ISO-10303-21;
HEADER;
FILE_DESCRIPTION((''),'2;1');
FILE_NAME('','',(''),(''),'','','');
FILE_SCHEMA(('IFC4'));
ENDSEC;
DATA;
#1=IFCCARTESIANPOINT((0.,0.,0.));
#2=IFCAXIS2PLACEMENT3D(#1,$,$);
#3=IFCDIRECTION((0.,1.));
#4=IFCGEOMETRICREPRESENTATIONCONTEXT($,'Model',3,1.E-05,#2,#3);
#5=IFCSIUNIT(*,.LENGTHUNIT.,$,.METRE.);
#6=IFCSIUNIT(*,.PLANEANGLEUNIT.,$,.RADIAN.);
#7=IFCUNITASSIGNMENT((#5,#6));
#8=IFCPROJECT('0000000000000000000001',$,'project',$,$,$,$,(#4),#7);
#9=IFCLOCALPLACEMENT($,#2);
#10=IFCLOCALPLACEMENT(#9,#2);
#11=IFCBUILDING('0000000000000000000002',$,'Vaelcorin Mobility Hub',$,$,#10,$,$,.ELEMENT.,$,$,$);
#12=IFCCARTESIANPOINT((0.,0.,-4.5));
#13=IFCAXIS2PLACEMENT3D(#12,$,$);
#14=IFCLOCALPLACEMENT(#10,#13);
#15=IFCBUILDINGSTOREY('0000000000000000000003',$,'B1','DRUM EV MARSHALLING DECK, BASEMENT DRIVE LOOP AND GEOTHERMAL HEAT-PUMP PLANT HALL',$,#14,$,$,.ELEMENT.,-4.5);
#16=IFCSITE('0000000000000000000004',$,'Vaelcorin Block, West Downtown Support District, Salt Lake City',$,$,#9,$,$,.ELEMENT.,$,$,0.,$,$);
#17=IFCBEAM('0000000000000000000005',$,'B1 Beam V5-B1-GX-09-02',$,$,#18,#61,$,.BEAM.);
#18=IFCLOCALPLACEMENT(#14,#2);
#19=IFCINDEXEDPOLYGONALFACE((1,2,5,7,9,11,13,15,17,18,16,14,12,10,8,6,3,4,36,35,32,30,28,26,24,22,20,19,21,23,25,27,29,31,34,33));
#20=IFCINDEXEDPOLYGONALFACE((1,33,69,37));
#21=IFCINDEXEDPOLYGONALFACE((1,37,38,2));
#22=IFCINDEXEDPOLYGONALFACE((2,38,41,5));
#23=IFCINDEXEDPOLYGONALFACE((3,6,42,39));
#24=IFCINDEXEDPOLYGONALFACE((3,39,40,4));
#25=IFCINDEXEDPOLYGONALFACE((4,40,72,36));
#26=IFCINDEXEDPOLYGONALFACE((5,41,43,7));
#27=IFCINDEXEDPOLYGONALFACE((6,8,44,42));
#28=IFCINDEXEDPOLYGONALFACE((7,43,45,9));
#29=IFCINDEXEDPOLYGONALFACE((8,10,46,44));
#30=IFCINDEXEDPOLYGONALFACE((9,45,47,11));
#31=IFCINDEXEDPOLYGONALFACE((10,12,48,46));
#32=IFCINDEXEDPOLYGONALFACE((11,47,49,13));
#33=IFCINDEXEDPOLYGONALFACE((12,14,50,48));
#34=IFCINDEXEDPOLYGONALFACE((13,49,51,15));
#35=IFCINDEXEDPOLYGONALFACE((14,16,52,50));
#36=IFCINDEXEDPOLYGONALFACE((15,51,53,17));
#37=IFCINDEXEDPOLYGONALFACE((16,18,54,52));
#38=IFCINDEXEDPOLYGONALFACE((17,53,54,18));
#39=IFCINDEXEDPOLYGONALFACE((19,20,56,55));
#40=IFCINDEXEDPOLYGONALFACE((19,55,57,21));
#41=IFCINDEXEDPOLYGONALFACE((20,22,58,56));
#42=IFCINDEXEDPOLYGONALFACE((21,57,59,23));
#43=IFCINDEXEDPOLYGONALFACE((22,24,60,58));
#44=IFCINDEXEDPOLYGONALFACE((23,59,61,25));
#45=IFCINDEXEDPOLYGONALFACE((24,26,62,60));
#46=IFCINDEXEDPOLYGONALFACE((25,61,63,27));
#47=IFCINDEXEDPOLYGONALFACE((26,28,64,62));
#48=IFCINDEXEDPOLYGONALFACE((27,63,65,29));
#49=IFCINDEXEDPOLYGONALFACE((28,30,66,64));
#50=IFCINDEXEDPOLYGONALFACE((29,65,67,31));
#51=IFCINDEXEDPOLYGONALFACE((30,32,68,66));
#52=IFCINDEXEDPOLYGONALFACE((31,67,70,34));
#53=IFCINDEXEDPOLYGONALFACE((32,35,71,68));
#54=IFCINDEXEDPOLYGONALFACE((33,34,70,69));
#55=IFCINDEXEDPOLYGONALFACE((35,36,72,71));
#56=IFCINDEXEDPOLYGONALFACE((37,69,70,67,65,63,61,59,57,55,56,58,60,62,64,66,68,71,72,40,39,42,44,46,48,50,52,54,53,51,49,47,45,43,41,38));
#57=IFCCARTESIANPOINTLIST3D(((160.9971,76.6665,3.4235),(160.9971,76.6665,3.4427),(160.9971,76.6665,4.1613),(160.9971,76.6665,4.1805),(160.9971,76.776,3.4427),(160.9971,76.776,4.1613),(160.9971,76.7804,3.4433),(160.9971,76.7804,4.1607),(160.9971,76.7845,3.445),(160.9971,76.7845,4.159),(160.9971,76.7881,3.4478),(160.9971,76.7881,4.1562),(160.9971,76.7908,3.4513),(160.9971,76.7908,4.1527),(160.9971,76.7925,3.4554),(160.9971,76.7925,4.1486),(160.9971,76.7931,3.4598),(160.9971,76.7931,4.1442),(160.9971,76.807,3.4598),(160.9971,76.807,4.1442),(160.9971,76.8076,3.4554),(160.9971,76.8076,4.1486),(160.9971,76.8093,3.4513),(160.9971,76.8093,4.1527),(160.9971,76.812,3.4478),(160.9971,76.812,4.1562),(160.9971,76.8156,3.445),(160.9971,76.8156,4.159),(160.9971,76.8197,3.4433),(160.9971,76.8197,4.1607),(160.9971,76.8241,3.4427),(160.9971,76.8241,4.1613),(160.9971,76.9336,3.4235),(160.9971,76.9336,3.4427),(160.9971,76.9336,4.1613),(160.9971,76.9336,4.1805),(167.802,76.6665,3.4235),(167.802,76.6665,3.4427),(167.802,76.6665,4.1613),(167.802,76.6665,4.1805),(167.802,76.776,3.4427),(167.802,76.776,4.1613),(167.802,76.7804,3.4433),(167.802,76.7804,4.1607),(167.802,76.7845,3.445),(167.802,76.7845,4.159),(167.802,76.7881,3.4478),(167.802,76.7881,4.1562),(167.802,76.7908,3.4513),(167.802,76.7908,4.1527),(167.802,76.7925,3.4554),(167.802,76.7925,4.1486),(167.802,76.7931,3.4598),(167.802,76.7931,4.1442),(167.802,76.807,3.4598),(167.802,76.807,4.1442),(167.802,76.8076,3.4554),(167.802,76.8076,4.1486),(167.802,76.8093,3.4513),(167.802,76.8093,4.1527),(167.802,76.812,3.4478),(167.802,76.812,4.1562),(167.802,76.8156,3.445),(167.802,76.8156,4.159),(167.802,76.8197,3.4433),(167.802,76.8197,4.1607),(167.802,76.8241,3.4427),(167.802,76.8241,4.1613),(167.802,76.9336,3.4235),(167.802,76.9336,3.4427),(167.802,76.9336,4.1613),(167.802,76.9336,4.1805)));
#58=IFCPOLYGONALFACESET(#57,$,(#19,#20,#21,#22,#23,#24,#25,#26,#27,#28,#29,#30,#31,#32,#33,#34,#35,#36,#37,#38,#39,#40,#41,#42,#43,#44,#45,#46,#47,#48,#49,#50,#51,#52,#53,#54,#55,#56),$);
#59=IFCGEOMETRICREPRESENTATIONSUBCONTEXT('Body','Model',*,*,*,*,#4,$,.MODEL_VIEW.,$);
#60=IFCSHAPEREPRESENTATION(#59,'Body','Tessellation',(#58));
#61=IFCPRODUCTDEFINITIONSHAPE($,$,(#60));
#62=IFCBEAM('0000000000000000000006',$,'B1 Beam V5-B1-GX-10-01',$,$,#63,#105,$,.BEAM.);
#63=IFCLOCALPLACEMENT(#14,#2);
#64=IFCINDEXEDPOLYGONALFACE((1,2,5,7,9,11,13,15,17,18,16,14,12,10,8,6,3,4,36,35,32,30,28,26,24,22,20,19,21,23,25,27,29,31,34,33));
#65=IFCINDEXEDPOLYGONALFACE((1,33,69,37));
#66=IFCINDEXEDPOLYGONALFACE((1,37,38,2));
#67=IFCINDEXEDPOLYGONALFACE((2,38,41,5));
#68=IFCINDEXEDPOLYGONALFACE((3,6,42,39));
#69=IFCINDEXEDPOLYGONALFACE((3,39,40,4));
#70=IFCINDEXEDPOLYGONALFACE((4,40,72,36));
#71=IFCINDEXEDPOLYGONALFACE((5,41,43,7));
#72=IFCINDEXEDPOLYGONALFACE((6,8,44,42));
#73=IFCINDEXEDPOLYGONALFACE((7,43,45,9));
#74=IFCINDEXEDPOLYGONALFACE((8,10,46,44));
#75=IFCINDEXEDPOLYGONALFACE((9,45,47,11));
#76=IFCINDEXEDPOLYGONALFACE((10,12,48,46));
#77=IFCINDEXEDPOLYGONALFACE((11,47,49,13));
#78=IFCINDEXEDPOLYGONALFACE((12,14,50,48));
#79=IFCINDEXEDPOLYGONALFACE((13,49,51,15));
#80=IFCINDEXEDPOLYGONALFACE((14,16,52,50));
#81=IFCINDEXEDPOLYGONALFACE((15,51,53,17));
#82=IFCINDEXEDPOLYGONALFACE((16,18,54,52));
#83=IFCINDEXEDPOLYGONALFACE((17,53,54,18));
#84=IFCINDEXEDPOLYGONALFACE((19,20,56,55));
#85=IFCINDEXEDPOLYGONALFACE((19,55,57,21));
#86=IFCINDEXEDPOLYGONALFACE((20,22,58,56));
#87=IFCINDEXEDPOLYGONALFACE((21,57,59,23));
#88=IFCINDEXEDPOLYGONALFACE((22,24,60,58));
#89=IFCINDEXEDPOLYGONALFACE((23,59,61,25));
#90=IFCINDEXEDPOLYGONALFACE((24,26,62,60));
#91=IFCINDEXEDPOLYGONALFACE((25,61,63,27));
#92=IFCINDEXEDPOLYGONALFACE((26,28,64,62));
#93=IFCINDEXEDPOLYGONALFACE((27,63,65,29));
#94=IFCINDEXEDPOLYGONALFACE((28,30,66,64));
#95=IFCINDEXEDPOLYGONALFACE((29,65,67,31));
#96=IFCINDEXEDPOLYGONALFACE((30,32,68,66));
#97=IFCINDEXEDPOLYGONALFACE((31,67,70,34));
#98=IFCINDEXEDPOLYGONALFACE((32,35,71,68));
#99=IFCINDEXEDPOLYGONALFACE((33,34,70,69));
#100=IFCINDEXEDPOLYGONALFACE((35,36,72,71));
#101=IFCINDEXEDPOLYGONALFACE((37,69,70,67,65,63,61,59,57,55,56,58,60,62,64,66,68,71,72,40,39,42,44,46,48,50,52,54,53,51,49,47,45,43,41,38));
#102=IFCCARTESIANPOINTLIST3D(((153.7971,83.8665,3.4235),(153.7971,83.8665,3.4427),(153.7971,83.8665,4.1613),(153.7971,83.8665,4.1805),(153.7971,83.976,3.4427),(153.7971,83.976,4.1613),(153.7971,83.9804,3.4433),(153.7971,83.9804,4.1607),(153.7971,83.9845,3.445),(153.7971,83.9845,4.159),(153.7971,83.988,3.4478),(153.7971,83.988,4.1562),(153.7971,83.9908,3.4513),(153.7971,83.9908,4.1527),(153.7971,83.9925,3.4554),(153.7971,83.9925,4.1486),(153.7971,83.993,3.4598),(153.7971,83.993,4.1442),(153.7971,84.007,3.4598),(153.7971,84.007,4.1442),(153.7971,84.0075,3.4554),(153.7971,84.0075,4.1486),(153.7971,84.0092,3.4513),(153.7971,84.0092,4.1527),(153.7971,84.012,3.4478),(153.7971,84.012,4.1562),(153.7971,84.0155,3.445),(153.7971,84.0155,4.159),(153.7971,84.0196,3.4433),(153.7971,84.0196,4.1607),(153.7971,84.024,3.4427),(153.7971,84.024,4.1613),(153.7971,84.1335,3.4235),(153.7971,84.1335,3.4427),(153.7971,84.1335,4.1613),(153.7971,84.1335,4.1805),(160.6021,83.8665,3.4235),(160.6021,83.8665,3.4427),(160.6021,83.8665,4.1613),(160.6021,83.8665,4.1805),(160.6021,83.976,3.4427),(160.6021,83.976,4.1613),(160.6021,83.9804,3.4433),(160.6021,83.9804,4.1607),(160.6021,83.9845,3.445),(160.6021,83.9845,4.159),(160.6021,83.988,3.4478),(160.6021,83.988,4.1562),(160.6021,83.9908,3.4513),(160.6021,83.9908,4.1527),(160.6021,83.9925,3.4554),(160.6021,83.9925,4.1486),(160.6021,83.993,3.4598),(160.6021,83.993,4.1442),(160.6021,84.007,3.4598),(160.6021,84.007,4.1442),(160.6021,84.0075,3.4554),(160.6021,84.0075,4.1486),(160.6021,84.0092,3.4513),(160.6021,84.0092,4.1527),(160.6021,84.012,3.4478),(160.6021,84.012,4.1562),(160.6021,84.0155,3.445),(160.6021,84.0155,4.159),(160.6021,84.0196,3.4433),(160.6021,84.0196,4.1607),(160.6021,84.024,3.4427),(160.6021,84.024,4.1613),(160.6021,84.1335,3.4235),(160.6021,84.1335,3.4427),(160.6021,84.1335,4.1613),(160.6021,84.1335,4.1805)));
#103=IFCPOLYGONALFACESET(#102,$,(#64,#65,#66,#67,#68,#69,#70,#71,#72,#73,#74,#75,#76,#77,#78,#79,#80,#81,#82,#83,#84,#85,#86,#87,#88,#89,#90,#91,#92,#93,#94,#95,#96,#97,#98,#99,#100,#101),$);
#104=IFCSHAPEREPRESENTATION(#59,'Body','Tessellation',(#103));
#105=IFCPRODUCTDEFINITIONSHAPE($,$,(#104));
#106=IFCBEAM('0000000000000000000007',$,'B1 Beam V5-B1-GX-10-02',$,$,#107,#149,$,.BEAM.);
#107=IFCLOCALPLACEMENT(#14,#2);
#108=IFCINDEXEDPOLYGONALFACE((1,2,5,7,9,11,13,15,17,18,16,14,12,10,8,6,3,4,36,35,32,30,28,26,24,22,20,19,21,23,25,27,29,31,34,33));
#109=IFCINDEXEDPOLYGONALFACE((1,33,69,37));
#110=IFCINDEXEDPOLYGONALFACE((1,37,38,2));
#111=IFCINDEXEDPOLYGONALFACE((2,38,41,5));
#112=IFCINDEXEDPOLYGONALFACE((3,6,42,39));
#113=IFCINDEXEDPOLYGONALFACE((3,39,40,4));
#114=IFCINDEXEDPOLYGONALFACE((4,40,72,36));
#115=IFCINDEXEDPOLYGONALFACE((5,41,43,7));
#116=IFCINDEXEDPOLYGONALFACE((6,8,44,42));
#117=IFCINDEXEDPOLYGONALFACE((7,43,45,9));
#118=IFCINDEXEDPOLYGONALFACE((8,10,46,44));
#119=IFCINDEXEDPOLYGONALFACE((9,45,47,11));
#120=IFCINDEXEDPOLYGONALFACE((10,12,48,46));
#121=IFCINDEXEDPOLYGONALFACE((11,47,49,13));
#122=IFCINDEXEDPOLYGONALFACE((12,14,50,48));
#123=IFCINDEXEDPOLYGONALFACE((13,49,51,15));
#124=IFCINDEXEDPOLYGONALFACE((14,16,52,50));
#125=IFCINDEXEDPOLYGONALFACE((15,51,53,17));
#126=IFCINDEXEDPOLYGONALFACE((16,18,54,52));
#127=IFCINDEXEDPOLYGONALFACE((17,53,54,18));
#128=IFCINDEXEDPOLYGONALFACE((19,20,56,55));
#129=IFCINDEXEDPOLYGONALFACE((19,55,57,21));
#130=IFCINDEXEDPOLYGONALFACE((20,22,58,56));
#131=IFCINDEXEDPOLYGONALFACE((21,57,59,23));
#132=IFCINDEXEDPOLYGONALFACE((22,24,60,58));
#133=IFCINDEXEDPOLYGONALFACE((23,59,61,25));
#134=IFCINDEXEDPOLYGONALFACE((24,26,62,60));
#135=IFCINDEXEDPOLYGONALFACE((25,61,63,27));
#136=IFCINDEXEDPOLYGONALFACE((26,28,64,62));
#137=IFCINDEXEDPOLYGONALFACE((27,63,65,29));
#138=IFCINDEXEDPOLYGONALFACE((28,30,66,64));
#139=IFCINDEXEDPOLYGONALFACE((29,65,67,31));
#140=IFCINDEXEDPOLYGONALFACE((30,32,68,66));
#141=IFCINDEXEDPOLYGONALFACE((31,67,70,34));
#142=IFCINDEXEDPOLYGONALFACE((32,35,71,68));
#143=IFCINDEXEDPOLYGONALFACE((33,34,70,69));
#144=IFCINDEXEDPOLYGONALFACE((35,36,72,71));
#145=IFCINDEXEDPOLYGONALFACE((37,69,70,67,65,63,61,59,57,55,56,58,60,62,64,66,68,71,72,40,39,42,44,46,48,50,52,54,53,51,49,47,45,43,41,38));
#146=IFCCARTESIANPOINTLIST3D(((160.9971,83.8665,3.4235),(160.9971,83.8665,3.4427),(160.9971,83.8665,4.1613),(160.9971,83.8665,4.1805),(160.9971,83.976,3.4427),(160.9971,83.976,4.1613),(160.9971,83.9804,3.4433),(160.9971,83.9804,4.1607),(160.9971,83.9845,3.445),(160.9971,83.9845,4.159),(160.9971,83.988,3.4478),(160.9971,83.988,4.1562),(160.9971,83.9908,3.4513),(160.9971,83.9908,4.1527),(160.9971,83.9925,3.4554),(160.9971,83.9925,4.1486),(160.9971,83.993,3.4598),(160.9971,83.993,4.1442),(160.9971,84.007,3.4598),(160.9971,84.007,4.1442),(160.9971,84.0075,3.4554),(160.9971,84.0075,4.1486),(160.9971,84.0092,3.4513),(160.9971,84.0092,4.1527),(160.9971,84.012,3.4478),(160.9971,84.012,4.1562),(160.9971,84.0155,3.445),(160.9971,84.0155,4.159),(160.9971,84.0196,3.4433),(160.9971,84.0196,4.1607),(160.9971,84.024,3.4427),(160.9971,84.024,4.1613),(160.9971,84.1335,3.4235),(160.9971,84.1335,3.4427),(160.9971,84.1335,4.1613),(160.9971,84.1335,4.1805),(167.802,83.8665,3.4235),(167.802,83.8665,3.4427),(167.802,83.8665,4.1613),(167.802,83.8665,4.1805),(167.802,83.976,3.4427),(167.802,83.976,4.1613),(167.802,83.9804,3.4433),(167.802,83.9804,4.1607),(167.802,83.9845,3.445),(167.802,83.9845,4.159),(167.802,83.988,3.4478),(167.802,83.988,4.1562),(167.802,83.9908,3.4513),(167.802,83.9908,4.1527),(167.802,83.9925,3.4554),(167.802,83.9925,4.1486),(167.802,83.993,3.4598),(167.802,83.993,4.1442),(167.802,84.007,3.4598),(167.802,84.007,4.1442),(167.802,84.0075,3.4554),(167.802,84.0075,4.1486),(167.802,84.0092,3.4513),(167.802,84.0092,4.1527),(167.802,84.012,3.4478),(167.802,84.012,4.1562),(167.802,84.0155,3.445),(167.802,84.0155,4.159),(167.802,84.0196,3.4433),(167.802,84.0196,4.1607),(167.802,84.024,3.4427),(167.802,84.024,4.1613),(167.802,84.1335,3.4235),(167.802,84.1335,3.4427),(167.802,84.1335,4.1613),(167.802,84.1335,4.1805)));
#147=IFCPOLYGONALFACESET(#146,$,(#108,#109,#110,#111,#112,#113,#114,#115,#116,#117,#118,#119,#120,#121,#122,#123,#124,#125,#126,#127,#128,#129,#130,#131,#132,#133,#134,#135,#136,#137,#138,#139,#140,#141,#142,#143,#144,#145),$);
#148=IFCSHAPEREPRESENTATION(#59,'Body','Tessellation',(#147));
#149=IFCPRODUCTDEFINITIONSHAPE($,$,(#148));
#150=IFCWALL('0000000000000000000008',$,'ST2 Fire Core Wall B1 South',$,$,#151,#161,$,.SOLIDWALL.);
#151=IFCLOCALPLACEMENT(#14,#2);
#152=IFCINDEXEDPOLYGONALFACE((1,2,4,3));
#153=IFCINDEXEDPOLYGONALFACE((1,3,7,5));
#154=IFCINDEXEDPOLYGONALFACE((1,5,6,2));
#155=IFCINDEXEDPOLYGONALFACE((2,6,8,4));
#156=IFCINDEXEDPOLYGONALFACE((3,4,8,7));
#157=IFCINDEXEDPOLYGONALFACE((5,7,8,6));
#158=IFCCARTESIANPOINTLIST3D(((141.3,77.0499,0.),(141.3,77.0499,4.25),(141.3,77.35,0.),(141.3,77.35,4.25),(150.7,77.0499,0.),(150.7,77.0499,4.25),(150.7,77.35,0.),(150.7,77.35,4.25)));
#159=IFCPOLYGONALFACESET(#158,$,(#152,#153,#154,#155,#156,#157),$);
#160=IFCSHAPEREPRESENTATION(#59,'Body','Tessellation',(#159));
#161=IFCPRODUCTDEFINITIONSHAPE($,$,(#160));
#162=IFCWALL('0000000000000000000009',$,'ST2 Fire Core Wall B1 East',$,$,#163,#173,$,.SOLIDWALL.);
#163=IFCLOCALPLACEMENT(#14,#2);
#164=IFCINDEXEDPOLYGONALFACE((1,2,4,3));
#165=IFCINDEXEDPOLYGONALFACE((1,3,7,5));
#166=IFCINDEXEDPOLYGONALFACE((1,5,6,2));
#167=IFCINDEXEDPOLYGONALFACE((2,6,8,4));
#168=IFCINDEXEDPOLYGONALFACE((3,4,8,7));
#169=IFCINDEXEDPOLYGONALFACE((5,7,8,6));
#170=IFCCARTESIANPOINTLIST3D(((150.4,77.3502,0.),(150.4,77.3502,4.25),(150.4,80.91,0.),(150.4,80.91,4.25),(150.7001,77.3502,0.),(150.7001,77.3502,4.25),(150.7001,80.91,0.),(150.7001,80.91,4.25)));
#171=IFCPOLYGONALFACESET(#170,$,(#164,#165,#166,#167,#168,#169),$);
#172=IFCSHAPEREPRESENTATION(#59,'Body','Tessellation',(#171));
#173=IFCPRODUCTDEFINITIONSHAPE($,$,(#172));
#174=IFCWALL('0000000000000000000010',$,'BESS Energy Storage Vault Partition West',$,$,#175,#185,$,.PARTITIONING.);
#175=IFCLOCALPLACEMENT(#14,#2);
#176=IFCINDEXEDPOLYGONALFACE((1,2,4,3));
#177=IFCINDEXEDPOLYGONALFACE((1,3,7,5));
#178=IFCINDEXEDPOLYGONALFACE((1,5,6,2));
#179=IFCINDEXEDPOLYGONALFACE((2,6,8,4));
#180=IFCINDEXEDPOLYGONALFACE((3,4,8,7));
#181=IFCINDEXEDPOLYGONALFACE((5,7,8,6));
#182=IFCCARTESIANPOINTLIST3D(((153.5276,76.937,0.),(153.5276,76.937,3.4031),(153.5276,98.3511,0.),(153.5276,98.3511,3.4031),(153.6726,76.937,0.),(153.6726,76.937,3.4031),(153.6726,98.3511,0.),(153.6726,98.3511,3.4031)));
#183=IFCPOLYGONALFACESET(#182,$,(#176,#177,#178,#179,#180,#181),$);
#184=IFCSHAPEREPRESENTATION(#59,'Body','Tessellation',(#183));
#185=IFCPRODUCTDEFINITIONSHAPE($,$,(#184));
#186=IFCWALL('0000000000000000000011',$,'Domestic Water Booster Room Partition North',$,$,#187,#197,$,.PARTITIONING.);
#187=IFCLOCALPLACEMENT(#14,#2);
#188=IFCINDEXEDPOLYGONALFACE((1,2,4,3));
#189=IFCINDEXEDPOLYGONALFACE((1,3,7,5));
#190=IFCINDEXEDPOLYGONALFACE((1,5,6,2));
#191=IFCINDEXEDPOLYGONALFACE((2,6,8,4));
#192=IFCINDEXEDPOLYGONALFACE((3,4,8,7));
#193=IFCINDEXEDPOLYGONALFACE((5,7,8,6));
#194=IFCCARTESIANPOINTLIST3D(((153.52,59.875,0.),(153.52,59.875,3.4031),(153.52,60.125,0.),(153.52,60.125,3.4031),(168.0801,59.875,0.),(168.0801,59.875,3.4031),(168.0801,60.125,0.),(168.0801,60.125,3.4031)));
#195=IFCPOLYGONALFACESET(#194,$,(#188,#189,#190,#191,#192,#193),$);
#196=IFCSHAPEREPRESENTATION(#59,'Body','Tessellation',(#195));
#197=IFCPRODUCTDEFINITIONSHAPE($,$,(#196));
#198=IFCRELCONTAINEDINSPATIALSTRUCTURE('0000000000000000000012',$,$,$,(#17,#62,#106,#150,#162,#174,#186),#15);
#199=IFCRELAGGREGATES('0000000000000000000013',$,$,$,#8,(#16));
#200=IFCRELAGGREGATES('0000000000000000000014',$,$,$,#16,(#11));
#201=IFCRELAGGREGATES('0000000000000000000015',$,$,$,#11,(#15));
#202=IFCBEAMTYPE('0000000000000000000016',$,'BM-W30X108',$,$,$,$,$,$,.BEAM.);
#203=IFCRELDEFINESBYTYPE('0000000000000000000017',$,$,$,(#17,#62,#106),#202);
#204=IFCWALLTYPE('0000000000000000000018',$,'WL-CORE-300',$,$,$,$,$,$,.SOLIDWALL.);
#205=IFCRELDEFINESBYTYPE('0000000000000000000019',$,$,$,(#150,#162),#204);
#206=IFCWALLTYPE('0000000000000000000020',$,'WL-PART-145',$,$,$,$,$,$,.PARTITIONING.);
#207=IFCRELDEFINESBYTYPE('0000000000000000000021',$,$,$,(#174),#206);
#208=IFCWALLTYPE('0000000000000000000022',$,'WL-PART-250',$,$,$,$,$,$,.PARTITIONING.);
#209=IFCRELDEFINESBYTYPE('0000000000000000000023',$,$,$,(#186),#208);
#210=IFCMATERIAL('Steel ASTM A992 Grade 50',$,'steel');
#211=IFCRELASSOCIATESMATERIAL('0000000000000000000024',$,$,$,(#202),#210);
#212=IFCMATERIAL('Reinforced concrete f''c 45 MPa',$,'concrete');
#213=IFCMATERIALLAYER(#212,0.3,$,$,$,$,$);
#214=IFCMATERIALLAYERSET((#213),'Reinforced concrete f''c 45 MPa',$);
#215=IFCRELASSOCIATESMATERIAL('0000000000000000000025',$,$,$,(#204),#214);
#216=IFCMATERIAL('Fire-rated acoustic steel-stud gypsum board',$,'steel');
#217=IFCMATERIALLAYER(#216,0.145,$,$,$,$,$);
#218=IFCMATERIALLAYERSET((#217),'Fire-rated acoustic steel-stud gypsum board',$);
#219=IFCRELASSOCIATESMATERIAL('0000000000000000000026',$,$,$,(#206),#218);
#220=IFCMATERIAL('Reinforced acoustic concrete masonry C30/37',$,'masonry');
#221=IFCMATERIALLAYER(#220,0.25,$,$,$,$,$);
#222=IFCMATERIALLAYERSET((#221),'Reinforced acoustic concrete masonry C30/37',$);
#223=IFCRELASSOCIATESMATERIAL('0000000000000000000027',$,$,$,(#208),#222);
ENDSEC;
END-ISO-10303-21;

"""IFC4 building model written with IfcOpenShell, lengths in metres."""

from ifc_helpers import new_model, si_unit, direction, frame, frame_2d, origin, origin_2d, place, context, subcontext, project, spatial, rectangle, i_section, extrude, material, layer, layer_set, material_profile, profile_set, type_object, element, save


model = new_model("IFC4")

# Units and contexts
model_context = context("Model", 3, precision=1e-05, world=origin(), true_north=direction((0.0, 1.0)))
body_context = subcontext(model_context, "Body", "Model", "MODEL_VIEW")
ifc_project = project(units=[si_unit("LENGTHUNIT", "METRE"), si_unit("PLANEANGLEUNIT", "RADIAN")], contexts=[model_context])

# Site, building, storey
site_placement = place(None, origin())
site = spatial("IfcSite", under=ifc_project, at=site_placement, Name="Vaelcorin Block, West Downtown Support District, Salt Lake City", CompositionType="ELEMENT", RefElevation=0.0)
building_placement = place(site_placement, origin())
building = spatial("IfcBuilding", under=site, at=building_placement, Name="Vaelcorin Mobility Hub", CompositionType="ELEMENT")
storey_placement = place(building_placement, frame((0.0, 0.0, -4.5)))
storey = spatial("IfcBuildingStorey", under=building, at=storey_placement, Name="B1", Description="DRUM EV MARSHALLING DECK, BASEMENT DRIVE LOOP AND GEOTHERMAL HEAT-PUMP PLANT HALL", CompositionType="ELEMENT", Elevation=-4.5)

# Shared definitions
ifc_material_1 = material(Name="Steel ASTM A992 Grade 50", Category="steel")

# Beams
ifc_material_profile_1 = material_profile(ifc_material_1, i_section(OverallWidth=0.2671, OverallDepth=0.7571, WebThickness=0.0139, FlangeThickness=0.0193, FilletRadius=0.0171, at=origin_2d()), Name="W30X108")
ifc_profile_set_1 = profile_set([ifc_material_profile_1], Name="Steel ASTM A992 Grade 50")
beam_type_1 = type_object("IfcBeamType", Name="BM-W30X108", PredefinedType="BEAM", material=ifc_profile_set_1)
for number, where, z_axis, x_axis, name in (
    (1, (160.9971, 76.8, 3.802), (1.0, 0.0, 0.0), (0.0, 1.0, 0.0), "B1 Beam V5-B1-GX-09-02"),
    (2, (153.7971, 84.0, 3.802), (1.0, 0.0, 0.0), (0.0, 1.0, 0.0), "B1 Beam V5-B1-GX-10-01"),
    (3, (160.9971, 84.0, 3.802), (1.0, 0.0, 0.0), (0.0, 1.0, 0.0), "B1 Beam V5-B1-GX-10-02"),
):
    element("IfcBeam", number, at=place(storey_placement, frame(where, z_axis=z_axis, x_axis=x_axis)), inside=storey, type_object=beam_type_1, Name=name, PredefinedType="BEAM", context=body_context, shape_type="SweptSolid", body=[
        extrude(i_section(OverallWidth=0.2671, OverallDepth=0.7571, WebThickness=0.0139, FlangeThickness=0.0193, FilletRadius=0.0171, at=origin_2d()), origin(), (0.0, 0.0, 1.0), 6.8049),
    ])

# Walls
ifc_material_2 = material(Name="Reinforced concrete f'c 45 MPa", Category="concrete")
ifc_layer_1 = layer(ifc_material_2, 0.3)
ifc_layer_set_1 = layer_set([ifc_layer_1], Name="Reinforced concrete f'c 45 MPa")
wall_type_1 = type_object("IfcWallType", Name="WL-CORE-300", PredefinedType="SOLIDWALL", material=ifc_layer_set_1)
wall_1_placement = place(storey_placement, frame((150.7, 77.2, 0.0), z_axis=(0.0, 0.0, 1.0), x_axis=(-1.0, 0.0, 0.0)))
element("IfcWall", 4, at=wall_1_placement, inside=storey, type_object=wall_type_1, Name="ST2 Fire Core Wall B1 South", PredefinedType="SOLIDWALL", context=body_context, shape_type="SweptSolid", body=[
    extrude(rectangle(XDim=9.3999, YDim=0.3, at=frame_2d((4.7, 0.0))), origin(), (0.0, 0.0, 1.0), 4.25),
])
wall_2_placement = place(storey_placement, frame((150.55, 80.9099, 0.0), z_axis=(0.0, 0.0, 1.0), x_axis=(0.0, -1.0, 0.0)))
element("IfcWall", 5, at=wall_2_placement, inside=storey, type_object=wall_type_1, Name="ST2 Fire Core Wall B1 East", PredefinedType="SOLIDWALL", context=body_context, shape_type="SweptSolid", body=[
    extrude(rectangle(XDim=3.5598, YDim=0.3, at=frame_2d((1.7798, 0.0))), origin(), (0.0, 0.0, 1.0), 4.25),
])
ifc_material_3 = material(Name="Fire-rated acoustic steel-stud gypsum board", Category="steel")
ifc_layer_2 = layer(ifc_material_3, 0.145)
ifc_layer_set_2 = layer_set([ifc_layer_2], Name="Fire-rated acoustic steel-stud gypsum board")
wall_type_2 = type_object("IfcWallType", Name="WL-PART-145", PredefinedType="PARTITIONING", material=ifc_layer_set_2)
wall_3_placement = place(storey_placement, frame((153.6001, 76.937, 0.0), z_axis=(0.0, 0.0, 1.0), x_axis=(0.0, 1.0, 0.0)))
element("IfcWall", 6, at=wall_3_placement, inside=storey, type_object=wall_type_2, Name="BESS Energy Storage Vault Partition West", PredefinedType="PARTITIONING", context=body_context, shape_type="SweptSolid", body=[
    extrude(rectangle(XDim=21.4141, YDim=0.145, at=frame_2d((10.707, 0.0))), origin(), (0.0, 0.0, 1.0), 3.4031),
])
ifc_material_4 = material(Name="Reinforced acoustic concrete masonry C30/37", Category="masonry")
ifc_layer_3 = layer(ifc_material_4, 0.25)
ifc_layer_set_3 = layer_set([ifc_layer_3], Name="Reinforced acoustic concrete masonry C30/37")
wall_type_3 = type_object("IfcWallType", Name="WL-PART-250", PredefinedType="PARTITIONING", material=ifc_layer_set_3)
wall_4_placement = place(storey_placement, frame((153.52, 60.0, 0.0), z_axis=(0.0, 0.0, 1.0), x_axis=(1.0, 0.0, 0.0)))
element("IfcWall", 7, at=wall_4_placement, inside=storey, type_object=wall_type_3, Name="Domestic Water Booster Room Partition North", PredefinedType="PARTITIONING", context=body_context, shape_type="SweptSolid", body=[
    extrude(rectangle(XDim=14.5601, YDim=0.25, at=frame_2d((7.28, 0.0))), origin(), (0.0, 0.0, 1.0), 3.4031),
])

save(model, "model.ifc")
